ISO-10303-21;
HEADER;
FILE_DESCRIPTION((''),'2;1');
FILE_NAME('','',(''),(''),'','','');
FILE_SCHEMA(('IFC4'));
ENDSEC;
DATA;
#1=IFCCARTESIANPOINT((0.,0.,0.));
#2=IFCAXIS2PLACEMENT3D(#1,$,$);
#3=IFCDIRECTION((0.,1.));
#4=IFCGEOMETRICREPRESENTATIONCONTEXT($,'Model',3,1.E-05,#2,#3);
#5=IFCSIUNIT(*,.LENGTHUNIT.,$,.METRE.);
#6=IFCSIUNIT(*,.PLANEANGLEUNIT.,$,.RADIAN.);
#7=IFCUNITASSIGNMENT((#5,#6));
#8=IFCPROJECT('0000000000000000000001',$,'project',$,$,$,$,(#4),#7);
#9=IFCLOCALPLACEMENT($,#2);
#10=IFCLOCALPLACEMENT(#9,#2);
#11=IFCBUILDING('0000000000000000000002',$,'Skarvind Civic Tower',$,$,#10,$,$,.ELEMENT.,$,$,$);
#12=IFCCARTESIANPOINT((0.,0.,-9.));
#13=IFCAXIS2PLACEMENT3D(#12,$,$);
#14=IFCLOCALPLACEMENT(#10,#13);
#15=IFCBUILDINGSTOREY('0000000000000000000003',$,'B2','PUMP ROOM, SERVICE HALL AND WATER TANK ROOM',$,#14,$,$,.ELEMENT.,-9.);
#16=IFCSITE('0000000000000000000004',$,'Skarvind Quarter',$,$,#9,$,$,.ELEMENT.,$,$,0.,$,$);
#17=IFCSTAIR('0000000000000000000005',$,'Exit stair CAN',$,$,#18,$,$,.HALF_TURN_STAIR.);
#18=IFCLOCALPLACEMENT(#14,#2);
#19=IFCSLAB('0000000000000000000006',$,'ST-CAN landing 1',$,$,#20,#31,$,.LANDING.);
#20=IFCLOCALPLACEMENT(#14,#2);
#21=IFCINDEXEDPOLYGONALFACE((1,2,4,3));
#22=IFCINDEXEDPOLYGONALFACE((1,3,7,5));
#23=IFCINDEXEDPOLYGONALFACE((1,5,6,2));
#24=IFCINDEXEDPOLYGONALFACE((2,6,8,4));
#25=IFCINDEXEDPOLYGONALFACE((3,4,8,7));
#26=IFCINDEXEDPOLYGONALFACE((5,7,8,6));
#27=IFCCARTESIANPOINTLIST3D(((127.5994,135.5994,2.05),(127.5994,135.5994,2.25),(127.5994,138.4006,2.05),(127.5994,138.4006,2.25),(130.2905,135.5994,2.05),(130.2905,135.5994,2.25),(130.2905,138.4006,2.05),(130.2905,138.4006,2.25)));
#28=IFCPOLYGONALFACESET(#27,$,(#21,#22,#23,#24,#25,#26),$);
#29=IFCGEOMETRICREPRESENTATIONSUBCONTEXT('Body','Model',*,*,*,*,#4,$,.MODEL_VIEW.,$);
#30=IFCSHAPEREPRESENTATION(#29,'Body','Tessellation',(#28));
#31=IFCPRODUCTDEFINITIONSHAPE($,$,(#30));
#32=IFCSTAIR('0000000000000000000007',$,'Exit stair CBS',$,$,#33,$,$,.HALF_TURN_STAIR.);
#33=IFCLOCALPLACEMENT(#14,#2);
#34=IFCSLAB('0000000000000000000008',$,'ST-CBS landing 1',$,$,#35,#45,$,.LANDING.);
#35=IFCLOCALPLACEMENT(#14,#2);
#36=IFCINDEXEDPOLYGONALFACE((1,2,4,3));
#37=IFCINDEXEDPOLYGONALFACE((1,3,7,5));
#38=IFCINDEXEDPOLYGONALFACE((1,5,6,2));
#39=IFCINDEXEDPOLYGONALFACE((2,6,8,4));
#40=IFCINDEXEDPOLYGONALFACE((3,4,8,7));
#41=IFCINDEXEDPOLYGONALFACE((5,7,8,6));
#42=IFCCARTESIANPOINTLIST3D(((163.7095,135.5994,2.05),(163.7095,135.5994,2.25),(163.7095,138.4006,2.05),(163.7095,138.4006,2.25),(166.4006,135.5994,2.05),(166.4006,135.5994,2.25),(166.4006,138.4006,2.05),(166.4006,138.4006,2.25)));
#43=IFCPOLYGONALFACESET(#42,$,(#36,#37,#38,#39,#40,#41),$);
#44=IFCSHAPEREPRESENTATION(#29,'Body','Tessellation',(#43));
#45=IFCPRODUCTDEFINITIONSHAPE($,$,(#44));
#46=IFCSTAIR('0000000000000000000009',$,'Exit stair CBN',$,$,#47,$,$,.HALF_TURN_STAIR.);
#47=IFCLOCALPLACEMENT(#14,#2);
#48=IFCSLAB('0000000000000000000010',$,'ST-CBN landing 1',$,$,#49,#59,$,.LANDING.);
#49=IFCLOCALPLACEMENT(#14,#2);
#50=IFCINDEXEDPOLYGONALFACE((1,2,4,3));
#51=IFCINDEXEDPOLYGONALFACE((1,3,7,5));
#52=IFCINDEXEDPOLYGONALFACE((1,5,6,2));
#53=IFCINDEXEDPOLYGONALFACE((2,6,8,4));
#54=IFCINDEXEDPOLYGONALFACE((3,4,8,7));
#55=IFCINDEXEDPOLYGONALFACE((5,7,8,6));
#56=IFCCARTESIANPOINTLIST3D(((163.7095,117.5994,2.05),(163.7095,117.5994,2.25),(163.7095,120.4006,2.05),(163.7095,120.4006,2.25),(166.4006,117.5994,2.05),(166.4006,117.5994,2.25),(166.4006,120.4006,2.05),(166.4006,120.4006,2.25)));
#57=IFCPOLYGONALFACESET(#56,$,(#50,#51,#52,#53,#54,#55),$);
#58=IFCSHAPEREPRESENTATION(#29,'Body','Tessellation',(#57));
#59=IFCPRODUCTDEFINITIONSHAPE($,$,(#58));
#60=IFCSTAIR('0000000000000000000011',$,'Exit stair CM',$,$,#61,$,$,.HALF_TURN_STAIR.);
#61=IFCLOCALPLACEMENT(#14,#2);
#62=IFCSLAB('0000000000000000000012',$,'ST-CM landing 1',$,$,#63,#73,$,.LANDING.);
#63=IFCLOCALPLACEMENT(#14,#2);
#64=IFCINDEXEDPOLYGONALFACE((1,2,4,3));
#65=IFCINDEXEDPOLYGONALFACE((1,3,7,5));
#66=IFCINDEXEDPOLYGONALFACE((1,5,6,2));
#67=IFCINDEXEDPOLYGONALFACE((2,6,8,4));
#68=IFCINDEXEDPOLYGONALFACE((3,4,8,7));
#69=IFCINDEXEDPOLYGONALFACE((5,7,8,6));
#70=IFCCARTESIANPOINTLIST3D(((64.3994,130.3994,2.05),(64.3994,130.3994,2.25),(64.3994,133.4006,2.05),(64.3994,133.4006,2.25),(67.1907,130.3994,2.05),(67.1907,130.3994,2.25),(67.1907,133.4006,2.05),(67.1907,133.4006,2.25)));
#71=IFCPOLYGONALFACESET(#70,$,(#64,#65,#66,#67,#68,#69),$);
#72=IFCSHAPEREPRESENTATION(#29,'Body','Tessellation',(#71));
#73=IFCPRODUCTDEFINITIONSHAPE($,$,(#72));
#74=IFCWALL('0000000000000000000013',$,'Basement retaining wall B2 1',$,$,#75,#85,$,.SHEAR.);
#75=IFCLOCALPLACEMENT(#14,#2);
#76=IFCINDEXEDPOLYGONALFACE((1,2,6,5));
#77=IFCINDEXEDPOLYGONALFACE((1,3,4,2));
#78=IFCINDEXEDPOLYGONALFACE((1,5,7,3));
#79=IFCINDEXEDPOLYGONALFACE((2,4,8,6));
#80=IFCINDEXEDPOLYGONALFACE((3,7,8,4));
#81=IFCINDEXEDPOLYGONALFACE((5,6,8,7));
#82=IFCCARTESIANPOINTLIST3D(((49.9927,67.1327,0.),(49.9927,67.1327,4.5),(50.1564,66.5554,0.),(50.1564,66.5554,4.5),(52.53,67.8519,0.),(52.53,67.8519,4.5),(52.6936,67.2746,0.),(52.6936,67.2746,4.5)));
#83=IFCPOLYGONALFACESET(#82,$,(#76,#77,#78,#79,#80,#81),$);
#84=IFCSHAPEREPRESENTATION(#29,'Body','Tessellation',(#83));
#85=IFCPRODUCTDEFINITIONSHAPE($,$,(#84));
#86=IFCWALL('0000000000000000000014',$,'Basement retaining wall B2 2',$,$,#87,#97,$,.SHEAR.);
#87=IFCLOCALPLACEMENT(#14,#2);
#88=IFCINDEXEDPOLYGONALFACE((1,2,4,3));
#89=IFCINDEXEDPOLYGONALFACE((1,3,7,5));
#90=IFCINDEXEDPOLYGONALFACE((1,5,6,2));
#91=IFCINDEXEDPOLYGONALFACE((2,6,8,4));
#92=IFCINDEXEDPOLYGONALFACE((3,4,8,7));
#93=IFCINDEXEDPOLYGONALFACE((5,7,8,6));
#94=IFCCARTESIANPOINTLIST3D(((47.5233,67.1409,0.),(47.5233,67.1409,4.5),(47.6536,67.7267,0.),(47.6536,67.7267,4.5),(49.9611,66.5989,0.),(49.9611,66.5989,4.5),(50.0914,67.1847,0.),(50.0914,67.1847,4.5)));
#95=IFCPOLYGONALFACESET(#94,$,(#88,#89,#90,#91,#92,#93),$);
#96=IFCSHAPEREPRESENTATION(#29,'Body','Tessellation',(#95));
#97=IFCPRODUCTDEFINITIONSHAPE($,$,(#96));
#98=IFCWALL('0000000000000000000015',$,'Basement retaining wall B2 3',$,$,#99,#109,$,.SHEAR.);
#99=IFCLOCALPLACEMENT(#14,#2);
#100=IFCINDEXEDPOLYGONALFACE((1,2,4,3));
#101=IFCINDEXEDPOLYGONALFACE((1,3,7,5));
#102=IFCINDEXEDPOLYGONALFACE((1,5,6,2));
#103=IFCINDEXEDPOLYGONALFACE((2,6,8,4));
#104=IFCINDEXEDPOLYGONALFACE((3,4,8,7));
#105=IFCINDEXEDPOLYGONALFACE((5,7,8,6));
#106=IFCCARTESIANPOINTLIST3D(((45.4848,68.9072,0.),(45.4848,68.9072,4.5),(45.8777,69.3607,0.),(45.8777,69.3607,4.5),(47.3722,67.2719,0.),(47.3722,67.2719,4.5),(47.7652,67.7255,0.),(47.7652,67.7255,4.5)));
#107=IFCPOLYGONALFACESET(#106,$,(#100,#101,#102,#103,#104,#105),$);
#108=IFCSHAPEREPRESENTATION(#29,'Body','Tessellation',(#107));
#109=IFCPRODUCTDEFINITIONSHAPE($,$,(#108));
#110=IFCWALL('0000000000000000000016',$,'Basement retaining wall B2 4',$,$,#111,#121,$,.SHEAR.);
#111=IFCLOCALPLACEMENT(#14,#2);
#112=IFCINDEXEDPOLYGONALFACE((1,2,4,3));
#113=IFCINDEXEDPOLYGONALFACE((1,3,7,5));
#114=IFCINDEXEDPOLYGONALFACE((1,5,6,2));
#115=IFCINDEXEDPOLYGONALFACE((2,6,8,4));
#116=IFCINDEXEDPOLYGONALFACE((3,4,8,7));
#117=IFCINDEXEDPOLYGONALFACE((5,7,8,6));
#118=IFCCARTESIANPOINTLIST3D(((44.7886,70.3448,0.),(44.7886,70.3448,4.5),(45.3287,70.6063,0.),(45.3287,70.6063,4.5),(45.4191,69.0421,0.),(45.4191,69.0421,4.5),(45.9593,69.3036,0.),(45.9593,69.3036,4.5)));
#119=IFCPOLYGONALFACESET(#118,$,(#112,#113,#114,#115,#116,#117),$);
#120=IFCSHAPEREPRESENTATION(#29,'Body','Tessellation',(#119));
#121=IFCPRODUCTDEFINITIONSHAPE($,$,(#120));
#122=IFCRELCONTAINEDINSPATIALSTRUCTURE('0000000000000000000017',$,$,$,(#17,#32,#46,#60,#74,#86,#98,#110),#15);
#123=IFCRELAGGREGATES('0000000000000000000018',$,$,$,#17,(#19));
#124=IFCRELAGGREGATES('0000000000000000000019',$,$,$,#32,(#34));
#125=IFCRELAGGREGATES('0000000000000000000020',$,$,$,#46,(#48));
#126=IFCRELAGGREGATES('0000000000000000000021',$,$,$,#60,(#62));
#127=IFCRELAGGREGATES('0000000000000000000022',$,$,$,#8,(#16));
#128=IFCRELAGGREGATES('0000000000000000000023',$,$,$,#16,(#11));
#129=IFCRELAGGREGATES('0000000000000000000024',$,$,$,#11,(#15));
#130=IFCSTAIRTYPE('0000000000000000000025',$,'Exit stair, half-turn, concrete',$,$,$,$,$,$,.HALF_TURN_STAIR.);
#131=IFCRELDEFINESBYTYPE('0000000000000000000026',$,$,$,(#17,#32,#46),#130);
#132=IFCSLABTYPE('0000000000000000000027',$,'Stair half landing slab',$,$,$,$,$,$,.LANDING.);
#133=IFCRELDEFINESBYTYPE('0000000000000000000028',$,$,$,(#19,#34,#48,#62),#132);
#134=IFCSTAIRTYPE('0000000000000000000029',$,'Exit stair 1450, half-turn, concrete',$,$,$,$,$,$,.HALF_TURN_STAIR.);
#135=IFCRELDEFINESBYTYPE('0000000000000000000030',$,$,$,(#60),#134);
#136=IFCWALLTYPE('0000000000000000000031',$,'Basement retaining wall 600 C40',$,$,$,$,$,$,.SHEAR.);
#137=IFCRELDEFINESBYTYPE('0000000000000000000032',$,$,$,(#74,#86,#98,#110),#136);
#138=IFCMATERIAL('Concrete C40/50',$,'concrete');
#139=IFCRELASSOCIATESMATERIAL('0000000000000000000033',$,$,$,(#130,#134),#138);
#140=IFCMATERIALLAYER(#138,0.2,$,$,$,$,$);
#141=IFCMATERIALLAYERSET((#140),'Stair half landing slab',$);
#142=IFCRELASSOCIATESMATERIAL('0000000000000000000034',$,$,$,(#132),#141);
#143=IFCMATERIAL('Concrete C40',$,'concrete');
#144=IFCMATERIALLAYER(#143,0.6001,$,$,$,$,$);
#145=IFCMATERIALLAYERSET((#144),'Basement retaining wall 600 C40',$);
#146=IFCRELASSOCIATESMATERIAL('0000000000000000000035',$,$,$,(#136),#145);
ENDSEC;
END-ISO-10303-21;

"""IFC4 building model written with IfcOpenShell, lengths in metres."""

from ifc_helpers import new_model, si_unit, direction, frame, frame_2d, origin, place, context, subcontext, project, spatial, polyline, rectangle, outline, extrude, material, layer, layer_set, type_object, element, aggregate, save


model = new_model("IFC4")

# Units and contexts
model_context = context("Model", 3, precision=1e-05, world=origin(), true_north=direction((0.0, 1.0)))
body_context = subcontext(model_context, "Body", "Model", "MODEL_VIEW")
ifc_project = project(units=[si_unit("LENGTHUNIT", "METRE"), si_unit("PLANEANGLEUNIT", "RADIAN")], contexts=[model_context])

# Site, building, storey
site_placement = place(None, origin())
site = spatial("IfcSite", under=ifc_project, at=site_placement, Name="Skarvind Quarter", CompositionType="ELEMENT", RefElevation=0.0)
building_placement = place(site_placement, origin())
building = spatial("IfcBuilding", under=site, at=building_placement, Name="Skarvind Civic Tower", CompositionType="ELEMENT")
storey_placement = place(building_placement, frame((0.0, 0.0, -9.0)))
storey = spatial("IfcBuildingStorey", under=building, at=storey_placement, Name="B2", Description="PUMP ROOM, SERVICE HALL AND WATER TANK ROOM", CompositionType="ELEMENT", Elevation=-9.0)

# Shared definitions
ifc_material_1 = material(Name="Concrete C40", Category="concrete")

# Stairs, slabs
ifc_material_2 = material(Name="Concrete C40/50", Category="concrete")
stair_type_1 = type_object("IfcStairType", Name="Exit stair, half-turn, concrete", PredefinedType="HALF_TURN_STAIR", material=ifc_material_2)
ifc_layer_1 = layer(ifc_material_2, 0.2)
ifc_layer_set_1 = layer_set([ifc_layer_1], Name="Stair half landing slab")
slab_type_1 = type_object("IfcSlabType", Name="Stair half landing slab", PredefinedType="LANDING", material=ifc_layer_set_1)
stair_1_placement = place(storey_placement, origin())
stair_1 = element("IfcStair", 1, at=stair_1_placement, inside=storey, type_object=stair_type_1, Name="Exit stair CAN", PredefinedType="HALF_TURN_STAIR")
slab_1_placement = place(storey_placement, frame((0.0, 0.0, 2.05)))
slab_1 = element("IfcSlab", 2, at=slab_1_placement, type_object=slab_type_1, Name="ST-CAN landing 1", PredefinedType="LANDING", context=body_context, shape_type="SweptSolid", body=[
    extrude(outline(polyline([(130.2905, 138.4006), (130.2905, 135.5994), (127.5994, 135.5994), (127.5994, 138.4006), (130.2905, 138.4006)])), origin(), (0.0, 0.0, 1.0), 0.2),
])
aggregate(stair_1, [slab_1])
stair_2_placement = place(storey_placement, origin())
stair_2 = element("IfcStair", 3, at=stair_2_placement, inside=storey, type_object=stair_type_1, Name="Exit stair CBS", PredefinedType="HALF_TURN_STAIR")
slab_2_placement = place(storey_placement, frame((0.0, 0.0, 2.05)))
slab_2 = element("IfcSlab", 4, at=slab_2_placement, type_object=slab_type_1, Name="ST-CBS landing 1", PredefinedType="LANDING", context=body_context, shape_type="SweptSolid", body=[
    extrude(outline(polyline([(163.7095, 135.5994), (163.7095, 138.4006), (166.4006, 138.4006), (166.4006, 135.5994), (163.7095, 135.5994)])), origin(), (0.0, 0.0, 1.0), 0.2),
])
aggregate(stair_2, [slab_2])
stair_3_placement = place(storey_placement, origin())
stair_3 = element("IfcStair", 5, at=stair_3_placement, inside=storey, type_object=stair_type_1, Name="Exit stair CBN", PredefinedType="HALF_TURN_STAIR")
slab_3_placement = place(storey_placement, frame((0.0, 0.0, 2.05)))
slab_3 = element("IfcSlab", 6, at=slab_3_placement, type_object=slab_type_1, Name="ST-CBN landing 1", PredefinedType="LANDING", context=body_context, shape_type="SweptSolid", body=[
    extrude(outline(polyline([(163.7095, 117.5994), (163.7095, 120.4006), (166.4006, 120.4006), (166.4006, 117.5994), (163.7095, 117.5994)])), origin(), (0.0, 0.0, 1.0), 0.2),
])
aggregate(stair_3, [slab_3])
stair_type_2 = type_object("IfcStairType", Name="Exit stair 1450, half-turn, concrete", PredefinedType="HALF_TURN_STAIR", material=ifc_material_2)
stair_4_placement = place(storey_placement, origin())
stair_4 = element("IfcStair", 7, at=stair_4_placement, inside=storey, type_object=stair_type_2, Name="Exit stair CM", PredefinedType="HALF_TURN_STAIR")
slab_4_placement = place(storey_placement, frame((0.0, 0.0, 2.05)))
slab_4 = element("IfcSlab", 8, at=slab_4_placement, type_object=slab_type_1, Name="ST-CM landing 1", PredefinedType="LANDING", context=body_context, shape_type="SweptSolid", body=[
    extrude(outline(polyline([(67.1907, 133.4006), (67.1907, 130.3994), (64.3994, 130.3994), (64.3994, 133.4006), (67.1907, 133.4006)])), origin(), (0.0, 0.0, 1.0), 0.2),
])
aggregate(stair_4, [slab_4])

# Walls
ifc_layer_2 = layer(ifc_material_1, 0.6001)
ifc_layer_set_2 = layer_set([ifc_layer_2], Name="Basement retaining wall 600 C40")
wall_type = type_object("IfcWallType", Name="Basement retaining wall 600 C40", PredefinedType="SHEAR", material=ifc_layer_set_2)
wall_1_placement = place(storey_placement, frame((52.6118, 67.5632, 0.0), z_axis=(0.0, 0.0, 1.0), x_axis=(-0.962095, -0.272715, 0.0)))
element("IfcWall", 9, at=wall_1_placement, inside=storey, type_object=wall_type, Name="Basement retaining wall B2 1", PredefinedType="SHEAR", context=body_context, shape_type="SweptSolid", body=[
    extrude(rectangle(XDim=2.6372, YDim=0.6001, at=frame_2d((1.3186, 0.0))), origin(), (0.0, 0.0, 1.0), 4.5),
])
for number, where, z_axis, x_axis, name in (
    (10, (50.0261, 66.8918, 0.0), (0.0, 0.0, 1.0), (-0.976164, 0.217034, 0.0), "Basement retaining wall B2 2"),
    (11, (47.5686, 67.4988, 0.0), (0.0, 0.0, 1.0), (-0.755796, 0.654808, 0.0), "Basement retaining wall B2 3"),
):
    element("IfcWall", number, at=place(storey_placement, frame(where, z_axis=z_axis, x_axis=x_axis)), inside=storey, type_object=wall_type, Name=name, PredefinedType="SHEAR", context=body_context, shape_type="SweptSolid", body=[
        extrude(rectangle(XDim=2.4973, YDim=0.6001, at=frame_2d((1.2485, 0.0))), origin(), (0.0, 0.0, 1.0), 4.5),
    ])
wall_2_placement = place(storey_placement, frame((45.6892, 69.1729, 0.0), z_axis=(0.0, 0.0, 1.0), x_axis=(-0.435706, 0.900089, 0.0)))
element("IfcWall", 12, at=wall_2_placement, inside=storey, type_object=wall_type, Name="Basement retaining wall B2 4", PredefinedType="SHEAR", context=body_context, shape_type="SweptSolid", body=[
    extrude(rectangle(XDim=1.4473, YDim=0.6001, at=frame_2d((0.7236, 0.0))), origin(), (0.0, 0.0, 1.0), 4.5),
])

save(model, "model.ifc")
